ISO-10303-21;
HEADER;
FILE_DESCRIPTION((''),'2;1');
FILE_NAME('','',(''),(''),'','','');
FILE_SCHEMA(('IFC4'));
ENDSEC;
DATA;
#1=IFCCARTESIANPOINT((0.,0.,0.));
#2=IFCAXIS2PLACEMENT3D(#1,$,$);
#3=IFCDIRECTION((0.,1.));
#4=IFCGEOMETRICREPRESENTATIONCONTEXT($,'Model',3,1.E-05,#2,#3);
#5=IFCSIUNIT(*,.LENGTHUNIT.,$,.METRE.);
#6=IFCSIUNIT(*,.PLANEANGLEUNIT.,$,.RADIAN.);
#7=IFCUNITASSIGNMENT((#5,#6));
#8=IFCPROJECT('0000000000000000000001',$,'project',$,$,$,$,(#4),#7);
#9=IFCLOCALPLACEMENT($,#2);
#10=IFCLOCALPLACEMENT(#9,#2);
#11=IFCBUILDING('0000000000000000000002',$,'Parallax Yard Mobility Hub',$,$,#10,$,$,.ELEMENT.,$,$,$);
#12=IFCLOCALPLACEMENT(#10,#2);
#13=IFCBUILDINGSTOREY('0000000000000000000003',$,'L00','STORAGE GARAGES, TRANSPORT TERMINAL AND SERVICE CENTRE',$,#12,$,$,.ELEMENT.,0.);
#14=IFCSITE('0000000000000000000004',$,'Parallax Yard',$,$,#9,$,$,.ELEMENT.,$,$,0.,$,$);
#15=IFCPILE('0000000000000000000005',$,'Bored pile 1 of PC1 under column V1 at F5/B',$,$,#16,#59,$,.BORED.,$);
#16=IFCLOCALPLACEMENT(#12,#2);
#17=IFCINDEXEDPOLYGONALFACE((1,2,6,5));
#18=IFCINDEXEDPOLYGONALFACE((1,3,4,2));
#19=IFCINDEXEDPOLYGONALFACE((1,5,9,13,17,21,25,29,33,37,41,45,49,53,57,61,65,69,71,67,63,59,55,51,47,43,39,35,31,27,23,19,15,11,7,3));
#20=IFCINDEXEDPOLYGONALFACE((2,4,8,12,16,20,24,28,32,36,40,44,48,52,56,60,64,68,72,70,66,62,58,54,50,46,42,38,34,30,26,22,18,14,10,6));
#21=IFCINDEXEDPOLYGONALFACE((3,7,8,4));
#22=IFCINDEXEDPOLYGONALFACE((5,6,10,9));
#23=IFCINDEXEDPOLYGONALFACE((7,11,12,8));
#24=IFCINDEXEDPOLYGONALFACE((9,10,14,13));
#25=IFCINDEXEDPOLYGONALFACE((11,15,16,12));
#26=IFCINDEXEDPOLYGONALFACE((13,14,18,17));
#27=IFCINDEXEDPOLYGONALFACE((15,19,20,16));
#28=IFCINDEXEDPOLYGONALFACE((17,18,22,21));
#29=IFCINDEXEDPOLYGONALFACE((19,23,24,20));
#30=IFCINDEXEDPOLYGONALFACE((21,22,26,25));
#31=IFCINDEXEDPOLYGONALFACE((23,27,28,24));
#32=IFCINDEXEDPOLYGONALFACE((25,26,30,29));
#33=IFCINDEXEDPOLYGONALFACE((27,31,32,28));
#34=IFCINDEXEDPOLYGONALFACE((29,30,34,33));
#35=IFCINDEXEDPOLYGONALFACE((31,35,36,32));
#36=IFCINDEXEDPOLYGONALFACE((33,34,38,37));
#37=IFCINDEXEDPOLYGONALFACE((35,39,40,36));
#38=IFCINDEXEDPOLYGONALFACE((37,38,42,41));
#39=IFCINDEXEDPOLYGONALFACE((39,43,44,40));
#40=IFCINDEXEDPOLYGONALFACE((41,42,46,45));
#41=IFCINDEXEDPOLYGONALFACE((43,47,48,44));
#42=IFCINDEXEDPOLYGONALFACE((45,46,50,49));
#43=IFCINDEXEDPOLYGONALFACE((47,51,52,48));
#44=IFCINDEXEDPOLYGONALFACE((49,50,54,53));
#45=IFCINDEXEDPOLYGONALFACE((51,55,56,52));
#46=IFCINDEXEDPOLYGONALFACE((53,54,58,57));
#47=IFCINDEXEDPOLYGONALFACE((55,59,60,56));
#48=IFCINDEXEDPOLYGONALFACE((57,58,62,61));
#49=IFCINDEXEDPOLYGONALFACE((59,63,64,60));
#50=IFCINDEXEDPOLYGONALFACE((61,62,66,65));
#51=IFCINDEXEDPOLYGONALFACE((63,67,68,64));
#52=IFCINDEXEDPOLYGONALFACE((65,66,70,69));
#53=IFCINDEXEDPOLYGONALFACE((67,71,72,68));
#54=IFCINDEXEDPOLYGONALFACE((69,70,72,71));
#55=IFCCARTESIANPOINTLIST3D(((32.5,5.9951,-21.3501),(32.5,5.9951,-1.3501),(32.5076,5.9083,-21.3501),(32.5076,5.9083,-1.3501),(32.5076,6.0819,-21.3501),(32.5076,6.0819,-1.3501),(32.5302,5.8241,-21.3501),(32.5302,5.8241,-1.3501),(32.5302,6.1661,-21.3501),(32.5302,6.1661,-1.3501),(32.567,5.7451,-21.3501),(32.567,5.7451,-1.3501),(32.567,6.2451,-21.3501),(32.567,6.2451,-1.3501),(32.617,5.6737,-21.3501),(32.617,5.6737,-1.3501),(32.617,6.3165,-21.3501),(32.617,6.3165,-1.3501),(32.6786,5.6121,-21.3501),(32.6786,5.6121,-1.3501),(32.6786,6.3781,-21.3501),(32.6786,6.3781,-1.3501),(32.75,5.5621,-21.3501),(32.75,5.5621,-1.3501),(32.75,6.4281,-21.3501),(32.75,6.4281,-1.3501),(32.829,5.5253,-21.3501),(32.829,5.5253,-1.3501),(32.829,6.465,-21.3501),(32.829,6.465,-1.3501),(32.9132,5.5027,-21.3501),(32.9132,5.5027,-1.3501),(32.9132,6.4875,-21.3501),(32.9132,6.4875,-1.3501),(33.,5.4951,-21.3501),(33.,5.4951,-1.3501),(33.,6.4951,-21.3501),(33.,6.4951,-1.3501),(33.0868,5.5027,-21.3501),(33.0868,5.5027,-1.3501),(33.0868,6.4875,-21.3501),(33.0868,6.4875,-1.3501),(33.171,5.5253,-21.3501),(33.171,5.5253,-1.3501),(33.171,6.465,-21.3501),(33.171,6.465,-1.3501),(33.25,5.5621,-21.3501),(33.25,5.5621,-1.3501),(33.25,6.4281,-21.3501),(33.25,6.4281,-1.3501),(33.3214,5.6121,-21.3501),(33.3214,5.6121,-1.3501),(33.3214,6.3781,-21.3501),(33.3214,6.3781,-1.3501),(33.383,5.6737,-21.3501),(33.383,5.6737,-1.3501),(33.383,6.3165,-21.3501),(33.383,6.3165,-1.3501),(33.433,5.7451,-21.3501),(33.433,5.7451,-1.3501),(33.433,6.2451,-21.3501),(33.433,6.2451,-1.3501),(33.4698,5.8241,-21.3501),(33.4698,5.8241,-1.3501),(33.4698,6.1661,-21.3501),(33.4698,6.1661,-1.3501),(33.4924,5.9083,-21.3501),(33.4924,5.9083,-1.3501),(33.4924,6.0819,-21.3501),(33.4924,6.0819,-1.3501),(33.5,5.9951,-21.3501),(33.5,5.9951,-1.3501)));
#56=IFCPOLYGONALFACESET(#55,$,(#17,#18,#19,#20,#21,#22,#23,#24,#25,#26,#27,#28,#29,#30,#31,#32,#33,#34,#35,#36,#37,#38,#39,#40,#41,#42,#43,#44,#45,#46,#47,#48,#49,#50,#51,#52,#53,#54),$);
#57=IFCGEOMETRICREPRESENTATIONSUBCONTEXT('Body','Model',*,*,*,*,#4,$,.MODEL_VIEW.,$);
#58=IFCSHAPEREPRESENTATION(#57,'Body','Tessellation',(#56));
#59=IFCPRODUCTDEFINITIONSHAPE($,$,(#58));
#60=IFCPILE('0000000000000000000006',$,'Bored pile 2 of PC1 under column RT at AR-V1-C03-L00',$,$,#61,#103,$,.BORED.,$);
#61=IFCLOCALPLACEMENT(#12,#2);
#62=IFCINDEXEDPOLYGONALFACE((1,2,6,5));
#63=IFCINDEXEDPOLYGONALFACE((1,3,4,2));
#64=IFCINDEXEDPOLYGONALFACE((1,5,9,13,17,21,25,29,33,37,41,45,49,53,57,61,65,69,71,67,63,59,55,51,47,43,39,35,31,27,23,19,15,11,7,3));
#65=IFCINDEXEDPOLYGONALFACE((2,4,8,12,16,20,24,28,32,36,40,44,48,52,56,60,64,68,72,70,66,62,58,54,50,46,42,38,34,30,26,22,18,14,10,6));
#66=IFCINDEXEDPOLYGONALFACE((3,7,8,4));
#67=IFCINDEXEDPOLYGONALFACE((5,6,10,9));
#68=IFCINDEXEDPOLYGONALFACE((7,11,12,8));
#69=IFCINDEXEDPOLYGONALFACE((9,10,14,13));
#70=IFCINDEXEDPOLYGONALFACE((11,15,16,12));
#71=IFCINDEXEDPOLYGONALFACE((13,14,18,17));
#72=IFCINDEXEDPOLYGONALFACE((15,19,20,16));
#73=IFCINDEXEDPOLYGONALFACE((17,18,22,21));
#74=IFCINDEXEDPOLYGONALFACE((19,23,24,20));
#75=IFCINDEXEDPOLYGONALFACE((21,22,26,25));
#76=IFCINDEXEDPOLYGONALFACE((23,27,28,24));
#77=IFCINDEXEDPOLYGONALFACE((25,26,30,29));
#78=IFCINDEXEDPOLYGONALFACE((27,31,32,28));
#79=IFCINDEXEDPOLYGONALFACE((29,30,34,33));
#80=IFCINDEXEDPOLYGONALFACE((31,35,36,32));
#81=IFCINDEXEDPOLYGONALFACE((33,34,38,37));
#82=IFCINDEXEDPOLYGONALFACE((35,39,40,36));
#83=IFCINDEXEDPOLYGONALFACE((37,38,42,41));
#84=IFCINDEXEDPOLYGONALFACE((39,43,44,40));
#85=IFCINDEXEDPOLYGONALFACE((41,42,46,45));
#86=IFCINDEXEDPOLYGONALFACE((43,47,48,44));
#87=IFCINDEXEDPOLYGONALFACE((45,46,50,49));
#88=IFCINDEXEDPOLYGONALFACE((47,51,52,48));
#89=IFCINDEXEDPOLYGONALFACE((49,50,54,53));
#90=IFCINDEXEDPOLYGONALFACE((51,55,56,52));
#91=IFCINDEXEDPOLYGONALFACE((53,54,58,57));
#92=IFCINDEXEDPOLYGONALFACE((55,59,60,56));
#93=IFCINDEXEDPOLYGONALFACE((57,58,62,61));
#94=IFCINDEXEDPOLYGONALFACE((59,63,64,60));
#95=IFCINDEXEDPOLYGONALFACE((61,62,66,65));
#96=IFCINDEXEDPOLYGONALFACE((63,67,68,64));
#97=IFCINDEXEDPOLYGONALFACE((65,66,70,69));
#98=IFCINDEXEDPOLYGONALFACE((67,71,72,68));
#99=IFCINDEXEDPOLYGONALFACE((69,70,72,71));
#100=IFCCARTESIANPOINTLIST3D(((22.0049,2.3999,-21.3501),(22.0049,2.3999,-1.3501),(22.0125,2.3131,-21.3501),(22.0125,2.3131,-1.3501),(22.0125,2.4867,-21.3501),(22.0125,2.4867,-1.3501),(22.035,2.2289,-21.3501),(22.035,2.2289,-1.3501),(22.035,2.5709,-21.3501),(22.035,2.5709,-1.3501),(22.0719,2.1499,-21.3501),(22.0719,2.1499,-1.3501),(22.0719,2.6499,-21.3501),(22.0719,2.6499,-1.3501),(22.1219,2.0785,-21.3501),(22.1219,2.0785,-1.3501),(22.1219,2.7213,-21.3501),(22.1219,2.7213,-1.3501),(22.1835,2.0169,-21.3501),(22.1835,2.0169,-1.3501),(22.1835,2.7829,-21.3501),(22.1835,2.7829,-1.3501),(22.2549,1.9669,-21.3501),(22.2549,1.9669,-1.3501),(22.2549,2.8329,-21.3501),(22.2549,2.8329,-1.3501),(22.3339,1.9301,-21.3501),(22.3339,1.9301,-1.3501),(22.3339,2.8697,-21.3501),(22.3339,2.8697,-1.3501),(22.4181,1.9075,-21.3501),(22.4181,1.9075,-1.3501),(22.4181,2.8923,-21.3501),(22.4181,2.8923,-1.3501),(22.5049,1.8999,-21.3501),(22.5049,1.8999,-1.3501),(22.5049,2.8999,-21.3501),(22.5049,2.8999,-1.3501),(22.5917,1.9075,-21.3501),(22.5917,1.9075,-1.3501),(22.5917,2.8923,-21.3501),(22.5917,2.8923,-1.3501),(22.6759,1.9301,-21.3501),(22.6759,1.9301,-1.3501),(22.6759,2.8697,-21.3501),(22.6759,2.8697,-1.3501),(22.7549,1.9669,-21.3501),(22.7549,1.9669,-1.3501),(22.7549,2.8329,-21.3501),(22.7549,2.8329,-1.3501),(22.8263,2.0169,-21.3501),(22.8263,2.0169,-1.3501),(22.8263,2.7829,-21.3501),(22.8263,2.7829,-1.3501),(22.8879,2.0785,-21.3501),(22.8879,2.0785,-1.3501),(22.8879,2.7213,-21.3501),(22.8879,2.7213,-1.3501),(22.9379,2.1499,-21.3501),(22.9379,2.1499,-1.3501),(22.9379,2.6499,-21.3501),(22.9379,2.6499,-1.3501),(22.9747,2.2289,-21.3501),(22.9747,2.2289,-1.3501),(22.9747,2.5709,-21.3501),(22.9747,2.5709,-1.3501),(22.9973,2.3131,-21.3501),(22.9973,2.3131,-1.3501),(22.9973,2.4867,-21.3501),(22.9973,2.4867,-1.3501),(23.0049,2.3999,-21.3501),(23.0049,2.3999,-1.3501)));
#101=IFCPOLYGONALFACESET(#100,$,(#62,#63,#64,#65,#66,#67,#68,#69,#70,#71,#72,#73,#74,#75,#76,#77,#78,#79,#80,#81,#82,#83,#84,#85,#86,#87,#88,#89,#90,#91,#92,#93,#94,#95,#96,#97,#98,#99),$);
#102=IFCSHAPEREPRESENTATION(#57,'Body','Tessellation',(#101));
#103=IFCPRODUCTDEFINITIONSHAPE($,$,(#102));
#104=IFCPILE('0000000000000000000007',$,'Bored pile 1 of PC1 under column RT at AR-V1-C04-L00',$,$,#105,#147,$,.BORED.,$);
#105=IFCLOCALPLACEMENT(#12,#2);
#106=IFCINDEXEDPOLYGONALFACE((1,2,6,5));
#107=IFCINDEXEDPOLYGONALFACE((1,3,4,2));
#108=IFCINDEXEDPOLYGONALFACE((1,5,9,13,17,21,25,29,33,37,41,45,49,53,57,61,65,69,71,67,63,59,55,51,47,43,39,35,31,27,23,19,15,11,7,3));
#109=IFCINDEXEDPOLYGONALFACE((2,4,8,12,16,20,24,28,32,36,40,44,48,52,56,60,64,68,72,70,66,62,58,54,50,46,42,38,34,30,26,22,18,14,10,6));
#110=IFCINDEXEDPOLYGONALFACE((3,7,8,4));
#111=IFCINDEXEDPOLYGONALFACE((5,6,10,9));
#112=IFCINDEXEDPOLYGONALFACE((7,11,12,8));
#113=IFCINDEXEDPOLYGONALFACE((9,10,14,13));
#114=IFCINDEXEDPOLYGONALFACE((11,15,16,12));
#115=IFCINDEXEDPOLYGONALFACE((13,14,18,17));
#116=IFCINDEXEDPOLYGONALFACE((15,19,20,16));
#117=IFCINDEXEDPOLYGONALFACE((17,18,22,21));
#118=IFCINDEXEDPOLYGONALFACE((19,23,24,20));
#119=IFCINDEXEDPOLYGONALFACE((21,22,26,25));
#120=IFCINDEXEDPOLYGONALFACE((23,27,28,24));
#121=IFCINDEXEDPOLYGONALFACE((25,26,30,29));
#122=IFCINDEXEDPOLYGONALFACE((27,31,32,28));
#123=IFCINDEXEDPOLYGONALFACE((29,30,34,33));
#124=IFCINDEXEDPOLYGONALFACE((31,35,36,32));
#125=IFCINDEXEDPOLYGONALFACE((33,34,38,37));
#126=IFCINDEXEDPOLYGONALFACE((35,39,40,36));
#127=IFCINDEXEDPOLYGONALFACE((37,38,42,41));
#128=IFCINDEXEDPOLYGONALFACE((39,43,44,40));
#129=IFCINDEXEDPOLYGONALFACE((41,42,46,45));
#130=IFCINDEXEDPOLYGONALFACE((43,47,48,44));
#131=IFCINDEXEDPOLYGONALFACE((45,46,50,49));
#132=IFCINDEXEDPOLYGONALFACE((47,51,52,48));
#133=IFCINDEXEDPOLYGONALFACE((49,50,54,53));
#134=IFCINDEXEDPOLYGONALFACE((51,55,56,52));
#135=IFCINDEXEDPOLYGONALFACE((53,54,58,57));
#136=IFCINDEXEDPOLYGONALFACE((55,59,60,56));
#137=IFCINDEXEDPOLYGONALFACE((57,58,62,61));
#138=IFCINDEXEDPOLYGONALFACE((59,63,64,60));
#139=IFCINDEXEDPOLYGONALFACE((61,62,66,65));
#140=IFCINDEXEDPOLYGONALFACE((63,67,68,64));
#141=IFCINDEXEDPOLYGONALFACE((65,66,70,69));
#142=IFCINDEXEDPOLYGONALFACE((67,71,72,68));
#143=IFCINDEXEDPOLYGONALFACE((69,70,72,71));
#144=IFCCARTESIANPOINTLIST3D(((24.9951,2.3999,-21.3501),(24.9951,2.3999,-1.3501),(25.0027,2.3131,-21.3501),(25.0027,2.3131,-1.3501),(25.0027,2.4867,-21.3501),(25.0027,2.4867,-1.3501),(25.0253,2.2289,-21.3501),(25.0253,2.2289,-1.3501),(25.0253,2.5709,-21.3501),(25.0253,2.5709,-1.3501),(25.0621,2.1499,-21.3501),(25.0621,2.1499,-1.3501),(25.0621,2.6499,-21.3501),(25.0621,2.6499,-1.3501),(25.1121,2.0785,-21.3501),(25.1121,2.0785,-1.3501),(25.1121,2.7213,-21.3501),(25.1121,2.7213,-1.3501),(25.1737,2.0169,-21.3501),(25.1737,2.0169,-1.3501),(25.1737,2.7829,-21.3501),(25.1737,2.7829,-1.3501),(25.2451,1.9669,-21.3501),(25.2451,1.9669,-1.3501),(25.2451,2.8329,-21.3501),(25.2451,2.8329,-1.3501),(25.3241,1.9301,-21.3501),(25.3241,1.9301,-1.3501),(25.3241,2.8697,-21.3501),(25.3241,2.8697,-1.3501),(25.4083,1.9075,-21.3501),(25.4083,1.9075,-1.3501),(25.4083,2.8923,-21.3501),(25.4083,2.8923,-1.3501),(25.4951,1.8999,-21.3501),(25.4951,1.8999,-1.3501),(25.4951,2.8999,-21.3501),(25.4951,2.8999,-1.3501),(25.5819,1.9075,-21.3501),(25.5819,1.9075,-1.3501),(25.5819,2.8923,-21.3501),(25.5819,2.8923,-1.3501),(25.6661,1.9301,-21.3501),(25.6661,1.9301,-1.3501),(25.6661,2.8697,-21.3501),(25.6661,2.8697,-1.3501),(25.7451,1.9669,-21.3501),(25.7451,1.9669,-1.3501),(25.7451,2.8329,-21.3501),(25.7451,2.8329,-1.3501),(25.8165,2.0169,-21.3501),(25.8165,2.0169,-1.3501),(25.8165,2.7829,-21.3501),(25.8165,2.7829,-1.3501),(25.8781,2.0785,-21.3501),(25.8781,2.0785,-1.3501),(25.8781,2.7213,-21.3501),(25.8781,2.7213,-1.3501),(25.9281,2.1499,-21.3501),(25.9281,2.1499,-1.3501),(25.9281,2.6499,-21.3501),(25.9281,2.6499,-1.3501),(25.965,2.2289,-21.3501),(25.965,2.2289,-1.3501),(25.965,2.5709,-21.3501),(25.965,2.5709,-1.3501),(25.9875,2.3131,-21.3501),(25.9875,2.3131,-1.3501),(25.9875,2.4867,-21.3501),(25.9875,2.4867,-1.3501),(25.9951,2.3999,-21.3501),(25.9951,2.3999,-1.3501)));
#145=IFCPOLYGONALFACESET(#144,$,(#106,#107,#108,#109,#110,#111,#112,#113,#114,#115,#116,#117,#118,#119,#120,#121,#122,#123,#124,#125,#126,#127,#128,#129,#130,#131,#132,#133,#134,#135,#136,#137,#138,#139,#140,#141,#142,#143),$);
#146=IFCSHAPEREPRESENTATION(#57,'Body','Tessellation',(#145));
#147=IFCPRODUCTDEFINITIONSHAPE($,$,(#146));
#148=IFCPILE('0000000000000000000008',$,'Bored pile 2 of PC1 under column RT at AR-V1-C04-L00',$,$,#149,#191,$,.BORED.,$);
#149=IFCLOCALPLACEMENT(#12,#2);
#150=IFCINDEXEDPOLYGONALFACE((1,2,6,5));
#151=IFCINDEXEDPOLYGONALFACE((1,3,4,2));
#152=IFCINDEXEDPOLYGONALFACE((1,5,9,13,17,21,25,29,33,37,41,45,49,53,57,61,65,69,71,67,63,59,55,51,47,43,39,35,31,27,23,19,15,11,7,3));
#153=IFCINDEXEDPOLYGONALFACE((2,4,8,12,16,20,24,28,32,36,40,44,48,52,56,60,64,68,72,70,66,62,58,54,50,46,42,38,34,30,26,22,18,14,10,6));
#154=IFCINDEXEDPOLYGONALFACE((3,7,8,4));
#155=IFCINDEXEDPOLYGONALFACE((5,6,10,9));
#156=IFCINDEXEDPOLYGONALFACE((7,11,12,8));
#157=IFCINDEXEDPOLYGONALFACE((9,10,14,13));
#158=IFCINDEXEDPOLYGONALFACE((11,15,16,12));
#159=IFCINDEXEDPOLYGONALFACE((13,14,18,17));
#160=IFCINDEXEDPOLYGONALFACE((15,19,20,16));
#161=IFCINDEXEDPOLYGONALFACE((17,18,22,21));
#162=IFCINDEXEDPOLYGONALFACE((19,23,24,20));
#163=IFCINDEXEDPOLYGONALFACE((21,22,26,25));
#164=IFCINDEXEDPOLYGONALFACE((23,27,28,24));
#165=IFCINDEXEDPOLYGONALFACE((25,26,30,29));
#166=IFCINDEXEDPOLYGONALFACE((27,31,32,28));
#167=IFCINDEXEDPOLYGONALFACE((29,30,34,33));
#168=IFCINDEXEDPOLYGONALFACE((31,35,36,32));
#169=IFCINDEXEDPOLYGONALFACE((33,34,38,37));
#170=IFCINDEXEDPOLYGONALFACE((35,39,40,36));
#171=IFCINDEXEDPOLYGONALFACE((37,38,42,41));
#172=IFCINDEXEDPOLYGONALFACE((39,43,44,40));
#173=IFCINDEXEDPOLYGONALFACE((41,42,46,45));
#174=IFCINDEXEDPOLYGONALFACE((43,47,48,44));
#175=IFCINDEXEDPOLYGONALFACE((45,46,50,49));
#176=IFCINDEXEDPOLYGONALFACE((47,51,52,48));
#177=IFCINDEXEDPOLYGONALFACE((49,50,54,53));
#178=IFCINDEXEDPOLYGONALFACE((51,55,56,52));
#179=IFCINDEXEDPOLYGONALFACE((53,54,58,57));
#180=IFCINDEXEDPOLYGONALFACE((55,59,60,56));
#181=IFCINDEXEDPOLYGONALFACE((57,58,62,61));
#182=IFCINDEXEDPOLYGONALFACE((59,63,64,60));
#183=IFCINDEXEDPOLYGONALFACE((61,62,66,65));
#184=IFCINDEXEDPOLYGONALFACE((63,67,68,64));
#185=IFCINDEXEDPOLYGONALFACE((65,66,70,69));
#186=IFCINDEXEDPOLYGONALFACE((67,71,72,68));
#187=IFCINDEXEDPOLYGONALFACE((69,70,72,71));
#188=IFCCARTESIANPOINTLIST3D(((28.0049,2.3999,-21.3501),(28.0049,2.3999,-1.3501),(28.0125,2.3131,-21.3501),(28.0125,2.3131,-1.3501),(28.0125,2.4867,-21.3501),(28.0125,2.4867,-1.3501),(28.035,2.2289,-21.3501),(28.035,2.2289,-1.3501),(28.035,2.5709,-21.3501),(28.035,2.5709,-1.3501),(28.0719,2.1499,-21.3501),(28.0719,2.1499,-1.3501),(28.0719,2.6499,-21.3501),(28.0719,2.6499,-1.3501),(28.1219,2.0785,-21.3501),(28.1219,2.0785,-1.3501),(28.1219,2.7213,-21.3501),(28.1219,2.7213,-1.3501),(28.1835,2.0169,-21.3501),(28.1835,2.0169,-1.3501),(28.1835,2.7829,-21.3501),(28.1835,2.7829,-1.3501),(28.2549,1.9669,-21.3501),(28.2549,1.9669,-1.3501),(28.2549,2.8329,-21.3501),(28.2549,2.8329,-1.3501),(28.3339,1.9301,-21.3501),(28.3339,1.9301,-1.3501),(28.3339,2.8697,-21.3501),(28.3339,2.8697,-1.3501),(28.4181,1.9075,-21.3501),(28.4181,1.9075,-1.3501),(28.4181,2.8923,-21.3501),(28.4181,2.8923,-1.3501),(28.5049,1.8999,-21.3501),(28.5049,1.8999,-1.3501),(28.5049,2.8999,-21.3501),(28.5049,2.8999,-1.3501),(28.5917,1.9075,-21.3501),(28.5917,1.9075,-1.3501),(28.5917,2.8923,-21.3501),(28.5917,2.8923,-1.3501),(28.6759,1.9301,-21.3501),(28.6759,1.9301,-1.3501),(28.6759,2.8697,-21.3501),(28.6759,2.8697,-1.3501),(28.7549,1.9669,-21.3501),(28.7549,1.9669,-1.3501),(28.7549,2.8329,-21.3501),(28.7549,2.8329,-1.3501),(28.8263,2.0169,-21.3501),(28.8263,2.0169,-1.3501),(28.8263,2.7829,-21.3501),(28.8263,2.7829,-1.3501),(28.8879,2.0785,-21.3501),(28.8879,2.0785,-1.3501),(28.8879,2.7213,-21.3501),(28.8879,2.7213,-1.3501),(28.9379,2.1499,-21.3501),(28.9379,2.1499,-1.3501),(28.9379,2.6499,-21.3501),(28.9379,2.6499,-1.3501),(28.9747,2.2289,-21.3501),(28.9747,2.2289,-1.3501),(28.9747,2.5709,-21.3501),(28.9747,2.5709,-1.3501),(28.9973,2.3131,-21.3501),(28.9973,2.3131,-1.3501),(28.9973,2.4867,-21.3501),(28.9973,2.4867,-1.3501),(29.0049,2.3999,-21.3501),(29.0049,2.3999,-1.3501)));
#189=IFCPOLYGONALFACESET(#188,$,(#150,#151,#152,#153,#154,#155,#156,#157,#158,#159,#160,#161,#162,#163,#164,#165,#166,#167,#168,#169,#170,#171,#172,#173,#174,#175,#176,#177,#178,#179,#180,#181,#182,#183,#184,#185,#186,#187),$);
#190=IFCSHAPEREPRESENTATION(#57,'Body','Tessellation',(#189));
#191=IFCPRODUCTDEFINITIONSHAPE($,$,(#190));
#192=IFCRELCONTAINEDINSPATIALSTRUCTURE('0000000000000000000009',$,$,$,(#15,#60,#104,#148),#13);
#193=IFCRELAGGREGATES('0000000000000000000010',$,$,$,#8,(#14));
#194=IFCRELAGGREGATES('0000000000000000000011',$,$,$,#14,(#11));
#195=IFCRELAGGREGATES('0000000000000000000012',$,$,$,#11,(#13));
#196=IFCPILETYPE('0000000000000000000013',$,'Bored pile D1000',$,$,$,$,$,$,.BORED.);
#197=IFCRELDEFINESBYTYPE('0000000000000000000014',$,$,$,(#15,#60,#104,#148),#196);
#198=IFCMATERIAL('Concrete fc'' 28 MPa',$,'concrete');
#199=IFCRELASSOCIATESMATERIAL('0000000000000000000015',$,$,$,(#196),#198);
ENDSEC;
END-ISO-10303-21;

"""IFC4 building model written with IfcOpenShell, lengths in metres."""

from ifc_helpers import new_model, si_unit, direction, frame, origin, origin_2d, place, context, subcontext, project, spatial, circle, extrude, material, material_profile, profile_set, type_object, element, save


model = new_model("IFC4")

# Units and contexts
model_context = context("Model", 3, precision=1e-05, world=origin(), true_north=direction((0.0, 1.0)))
body_context = subcontext(model_context, "Body", "Model", "MODEL_VIEW")
ifc_project = project(units=[si_unit("LENGTHUNIT", "METRE"), si_unit("PLANEANGLEUNIT", "RADIAN")], contexts=[model_context])

# Site, building, storey
site_placement = place(None, origin())
site = spatial("IfcSite", under=ifc_project, at=site_placement, Name="Parallax Yard", CompositionType="ELEMENT", RefElevation=0.0)
building_placement = place(site_placement, origin())
building = spatial("IfcBuilding", under=site, at=building_placement, Name="Parallax Yard Mobility Hub", CompositionType="ELEMENT")
storey_placement = place(building_placement, origin())
storey = spatial("IfcBuildingStorey", under=building, at=storey_placement, Name="L00", Description="STORAGE GARAGES, TRANSPORT TERMINAL AND SERVICE CENTRE", CompositionType="ELEMENT", Elevation=0.0)

# Piles
ifc_material_1 = material(Name="Concrete fc' 28 MPa", Category="concrete")
ifc_material_profile_1 = material_profile(ifc_material_1, circle(Radius=0.5, at=origin_2d()), Name="Bored pile D1000")
ifc_profile_set_1 = profile_set([ifc_material_profile_1], Name="Concrete fc' 28 MPa")
pile_type = type_object("IfcPileType", Name="Bored pile D1000", PredefinedType="BORED", material=ifc_profile_set_1)
for number, where, z_axis, x_axis, name in (
    (1, (33.0, 5.9951, -1.3501), (0.0, 0.0, -1.0), (1.0, 0.0, 0.0), "Bored pile 1 of PC1 under column V1 at F5/B"),
    (2, (22.5049, 2.3999, -1.3501), (0.0, 0.0, -1.0), (1.0, 0.0, 0.0), "Bored pile 2 of PC1 under column RT at AR-V1-C03-L00"),
    (3, (25.4951, 2.3999, -1.3501), (0.0, 0.0, -1.0), (1.0, 0.0, 0.0), "Bored pile 1 of PC1 under column RT at AR-V1-C04-L00"),
    (4, (28.5049, 2.3999, -1.3501), (0.0, 0.0, -1.0), (1.0, 0.0, 0.0), "Bored pile 2 of PC1 under column RT at AR-V1-C04-L00"),
):
    element("IfcPile", number, at=place(storey_placement, frame(where, z_axis=z_axis, x_axis=x_axis)), inside=storey, type_object=pile_type, Name=name, PredefinedType="BORED", context=body_context, shape_type="SweptSolid", body=[
        extrude(circle(Radius=0.5, at=origin_2d()), origin(), (0.0, 0.0, 1.0), 20.0),
    ])

save(model, "model.ifc")
